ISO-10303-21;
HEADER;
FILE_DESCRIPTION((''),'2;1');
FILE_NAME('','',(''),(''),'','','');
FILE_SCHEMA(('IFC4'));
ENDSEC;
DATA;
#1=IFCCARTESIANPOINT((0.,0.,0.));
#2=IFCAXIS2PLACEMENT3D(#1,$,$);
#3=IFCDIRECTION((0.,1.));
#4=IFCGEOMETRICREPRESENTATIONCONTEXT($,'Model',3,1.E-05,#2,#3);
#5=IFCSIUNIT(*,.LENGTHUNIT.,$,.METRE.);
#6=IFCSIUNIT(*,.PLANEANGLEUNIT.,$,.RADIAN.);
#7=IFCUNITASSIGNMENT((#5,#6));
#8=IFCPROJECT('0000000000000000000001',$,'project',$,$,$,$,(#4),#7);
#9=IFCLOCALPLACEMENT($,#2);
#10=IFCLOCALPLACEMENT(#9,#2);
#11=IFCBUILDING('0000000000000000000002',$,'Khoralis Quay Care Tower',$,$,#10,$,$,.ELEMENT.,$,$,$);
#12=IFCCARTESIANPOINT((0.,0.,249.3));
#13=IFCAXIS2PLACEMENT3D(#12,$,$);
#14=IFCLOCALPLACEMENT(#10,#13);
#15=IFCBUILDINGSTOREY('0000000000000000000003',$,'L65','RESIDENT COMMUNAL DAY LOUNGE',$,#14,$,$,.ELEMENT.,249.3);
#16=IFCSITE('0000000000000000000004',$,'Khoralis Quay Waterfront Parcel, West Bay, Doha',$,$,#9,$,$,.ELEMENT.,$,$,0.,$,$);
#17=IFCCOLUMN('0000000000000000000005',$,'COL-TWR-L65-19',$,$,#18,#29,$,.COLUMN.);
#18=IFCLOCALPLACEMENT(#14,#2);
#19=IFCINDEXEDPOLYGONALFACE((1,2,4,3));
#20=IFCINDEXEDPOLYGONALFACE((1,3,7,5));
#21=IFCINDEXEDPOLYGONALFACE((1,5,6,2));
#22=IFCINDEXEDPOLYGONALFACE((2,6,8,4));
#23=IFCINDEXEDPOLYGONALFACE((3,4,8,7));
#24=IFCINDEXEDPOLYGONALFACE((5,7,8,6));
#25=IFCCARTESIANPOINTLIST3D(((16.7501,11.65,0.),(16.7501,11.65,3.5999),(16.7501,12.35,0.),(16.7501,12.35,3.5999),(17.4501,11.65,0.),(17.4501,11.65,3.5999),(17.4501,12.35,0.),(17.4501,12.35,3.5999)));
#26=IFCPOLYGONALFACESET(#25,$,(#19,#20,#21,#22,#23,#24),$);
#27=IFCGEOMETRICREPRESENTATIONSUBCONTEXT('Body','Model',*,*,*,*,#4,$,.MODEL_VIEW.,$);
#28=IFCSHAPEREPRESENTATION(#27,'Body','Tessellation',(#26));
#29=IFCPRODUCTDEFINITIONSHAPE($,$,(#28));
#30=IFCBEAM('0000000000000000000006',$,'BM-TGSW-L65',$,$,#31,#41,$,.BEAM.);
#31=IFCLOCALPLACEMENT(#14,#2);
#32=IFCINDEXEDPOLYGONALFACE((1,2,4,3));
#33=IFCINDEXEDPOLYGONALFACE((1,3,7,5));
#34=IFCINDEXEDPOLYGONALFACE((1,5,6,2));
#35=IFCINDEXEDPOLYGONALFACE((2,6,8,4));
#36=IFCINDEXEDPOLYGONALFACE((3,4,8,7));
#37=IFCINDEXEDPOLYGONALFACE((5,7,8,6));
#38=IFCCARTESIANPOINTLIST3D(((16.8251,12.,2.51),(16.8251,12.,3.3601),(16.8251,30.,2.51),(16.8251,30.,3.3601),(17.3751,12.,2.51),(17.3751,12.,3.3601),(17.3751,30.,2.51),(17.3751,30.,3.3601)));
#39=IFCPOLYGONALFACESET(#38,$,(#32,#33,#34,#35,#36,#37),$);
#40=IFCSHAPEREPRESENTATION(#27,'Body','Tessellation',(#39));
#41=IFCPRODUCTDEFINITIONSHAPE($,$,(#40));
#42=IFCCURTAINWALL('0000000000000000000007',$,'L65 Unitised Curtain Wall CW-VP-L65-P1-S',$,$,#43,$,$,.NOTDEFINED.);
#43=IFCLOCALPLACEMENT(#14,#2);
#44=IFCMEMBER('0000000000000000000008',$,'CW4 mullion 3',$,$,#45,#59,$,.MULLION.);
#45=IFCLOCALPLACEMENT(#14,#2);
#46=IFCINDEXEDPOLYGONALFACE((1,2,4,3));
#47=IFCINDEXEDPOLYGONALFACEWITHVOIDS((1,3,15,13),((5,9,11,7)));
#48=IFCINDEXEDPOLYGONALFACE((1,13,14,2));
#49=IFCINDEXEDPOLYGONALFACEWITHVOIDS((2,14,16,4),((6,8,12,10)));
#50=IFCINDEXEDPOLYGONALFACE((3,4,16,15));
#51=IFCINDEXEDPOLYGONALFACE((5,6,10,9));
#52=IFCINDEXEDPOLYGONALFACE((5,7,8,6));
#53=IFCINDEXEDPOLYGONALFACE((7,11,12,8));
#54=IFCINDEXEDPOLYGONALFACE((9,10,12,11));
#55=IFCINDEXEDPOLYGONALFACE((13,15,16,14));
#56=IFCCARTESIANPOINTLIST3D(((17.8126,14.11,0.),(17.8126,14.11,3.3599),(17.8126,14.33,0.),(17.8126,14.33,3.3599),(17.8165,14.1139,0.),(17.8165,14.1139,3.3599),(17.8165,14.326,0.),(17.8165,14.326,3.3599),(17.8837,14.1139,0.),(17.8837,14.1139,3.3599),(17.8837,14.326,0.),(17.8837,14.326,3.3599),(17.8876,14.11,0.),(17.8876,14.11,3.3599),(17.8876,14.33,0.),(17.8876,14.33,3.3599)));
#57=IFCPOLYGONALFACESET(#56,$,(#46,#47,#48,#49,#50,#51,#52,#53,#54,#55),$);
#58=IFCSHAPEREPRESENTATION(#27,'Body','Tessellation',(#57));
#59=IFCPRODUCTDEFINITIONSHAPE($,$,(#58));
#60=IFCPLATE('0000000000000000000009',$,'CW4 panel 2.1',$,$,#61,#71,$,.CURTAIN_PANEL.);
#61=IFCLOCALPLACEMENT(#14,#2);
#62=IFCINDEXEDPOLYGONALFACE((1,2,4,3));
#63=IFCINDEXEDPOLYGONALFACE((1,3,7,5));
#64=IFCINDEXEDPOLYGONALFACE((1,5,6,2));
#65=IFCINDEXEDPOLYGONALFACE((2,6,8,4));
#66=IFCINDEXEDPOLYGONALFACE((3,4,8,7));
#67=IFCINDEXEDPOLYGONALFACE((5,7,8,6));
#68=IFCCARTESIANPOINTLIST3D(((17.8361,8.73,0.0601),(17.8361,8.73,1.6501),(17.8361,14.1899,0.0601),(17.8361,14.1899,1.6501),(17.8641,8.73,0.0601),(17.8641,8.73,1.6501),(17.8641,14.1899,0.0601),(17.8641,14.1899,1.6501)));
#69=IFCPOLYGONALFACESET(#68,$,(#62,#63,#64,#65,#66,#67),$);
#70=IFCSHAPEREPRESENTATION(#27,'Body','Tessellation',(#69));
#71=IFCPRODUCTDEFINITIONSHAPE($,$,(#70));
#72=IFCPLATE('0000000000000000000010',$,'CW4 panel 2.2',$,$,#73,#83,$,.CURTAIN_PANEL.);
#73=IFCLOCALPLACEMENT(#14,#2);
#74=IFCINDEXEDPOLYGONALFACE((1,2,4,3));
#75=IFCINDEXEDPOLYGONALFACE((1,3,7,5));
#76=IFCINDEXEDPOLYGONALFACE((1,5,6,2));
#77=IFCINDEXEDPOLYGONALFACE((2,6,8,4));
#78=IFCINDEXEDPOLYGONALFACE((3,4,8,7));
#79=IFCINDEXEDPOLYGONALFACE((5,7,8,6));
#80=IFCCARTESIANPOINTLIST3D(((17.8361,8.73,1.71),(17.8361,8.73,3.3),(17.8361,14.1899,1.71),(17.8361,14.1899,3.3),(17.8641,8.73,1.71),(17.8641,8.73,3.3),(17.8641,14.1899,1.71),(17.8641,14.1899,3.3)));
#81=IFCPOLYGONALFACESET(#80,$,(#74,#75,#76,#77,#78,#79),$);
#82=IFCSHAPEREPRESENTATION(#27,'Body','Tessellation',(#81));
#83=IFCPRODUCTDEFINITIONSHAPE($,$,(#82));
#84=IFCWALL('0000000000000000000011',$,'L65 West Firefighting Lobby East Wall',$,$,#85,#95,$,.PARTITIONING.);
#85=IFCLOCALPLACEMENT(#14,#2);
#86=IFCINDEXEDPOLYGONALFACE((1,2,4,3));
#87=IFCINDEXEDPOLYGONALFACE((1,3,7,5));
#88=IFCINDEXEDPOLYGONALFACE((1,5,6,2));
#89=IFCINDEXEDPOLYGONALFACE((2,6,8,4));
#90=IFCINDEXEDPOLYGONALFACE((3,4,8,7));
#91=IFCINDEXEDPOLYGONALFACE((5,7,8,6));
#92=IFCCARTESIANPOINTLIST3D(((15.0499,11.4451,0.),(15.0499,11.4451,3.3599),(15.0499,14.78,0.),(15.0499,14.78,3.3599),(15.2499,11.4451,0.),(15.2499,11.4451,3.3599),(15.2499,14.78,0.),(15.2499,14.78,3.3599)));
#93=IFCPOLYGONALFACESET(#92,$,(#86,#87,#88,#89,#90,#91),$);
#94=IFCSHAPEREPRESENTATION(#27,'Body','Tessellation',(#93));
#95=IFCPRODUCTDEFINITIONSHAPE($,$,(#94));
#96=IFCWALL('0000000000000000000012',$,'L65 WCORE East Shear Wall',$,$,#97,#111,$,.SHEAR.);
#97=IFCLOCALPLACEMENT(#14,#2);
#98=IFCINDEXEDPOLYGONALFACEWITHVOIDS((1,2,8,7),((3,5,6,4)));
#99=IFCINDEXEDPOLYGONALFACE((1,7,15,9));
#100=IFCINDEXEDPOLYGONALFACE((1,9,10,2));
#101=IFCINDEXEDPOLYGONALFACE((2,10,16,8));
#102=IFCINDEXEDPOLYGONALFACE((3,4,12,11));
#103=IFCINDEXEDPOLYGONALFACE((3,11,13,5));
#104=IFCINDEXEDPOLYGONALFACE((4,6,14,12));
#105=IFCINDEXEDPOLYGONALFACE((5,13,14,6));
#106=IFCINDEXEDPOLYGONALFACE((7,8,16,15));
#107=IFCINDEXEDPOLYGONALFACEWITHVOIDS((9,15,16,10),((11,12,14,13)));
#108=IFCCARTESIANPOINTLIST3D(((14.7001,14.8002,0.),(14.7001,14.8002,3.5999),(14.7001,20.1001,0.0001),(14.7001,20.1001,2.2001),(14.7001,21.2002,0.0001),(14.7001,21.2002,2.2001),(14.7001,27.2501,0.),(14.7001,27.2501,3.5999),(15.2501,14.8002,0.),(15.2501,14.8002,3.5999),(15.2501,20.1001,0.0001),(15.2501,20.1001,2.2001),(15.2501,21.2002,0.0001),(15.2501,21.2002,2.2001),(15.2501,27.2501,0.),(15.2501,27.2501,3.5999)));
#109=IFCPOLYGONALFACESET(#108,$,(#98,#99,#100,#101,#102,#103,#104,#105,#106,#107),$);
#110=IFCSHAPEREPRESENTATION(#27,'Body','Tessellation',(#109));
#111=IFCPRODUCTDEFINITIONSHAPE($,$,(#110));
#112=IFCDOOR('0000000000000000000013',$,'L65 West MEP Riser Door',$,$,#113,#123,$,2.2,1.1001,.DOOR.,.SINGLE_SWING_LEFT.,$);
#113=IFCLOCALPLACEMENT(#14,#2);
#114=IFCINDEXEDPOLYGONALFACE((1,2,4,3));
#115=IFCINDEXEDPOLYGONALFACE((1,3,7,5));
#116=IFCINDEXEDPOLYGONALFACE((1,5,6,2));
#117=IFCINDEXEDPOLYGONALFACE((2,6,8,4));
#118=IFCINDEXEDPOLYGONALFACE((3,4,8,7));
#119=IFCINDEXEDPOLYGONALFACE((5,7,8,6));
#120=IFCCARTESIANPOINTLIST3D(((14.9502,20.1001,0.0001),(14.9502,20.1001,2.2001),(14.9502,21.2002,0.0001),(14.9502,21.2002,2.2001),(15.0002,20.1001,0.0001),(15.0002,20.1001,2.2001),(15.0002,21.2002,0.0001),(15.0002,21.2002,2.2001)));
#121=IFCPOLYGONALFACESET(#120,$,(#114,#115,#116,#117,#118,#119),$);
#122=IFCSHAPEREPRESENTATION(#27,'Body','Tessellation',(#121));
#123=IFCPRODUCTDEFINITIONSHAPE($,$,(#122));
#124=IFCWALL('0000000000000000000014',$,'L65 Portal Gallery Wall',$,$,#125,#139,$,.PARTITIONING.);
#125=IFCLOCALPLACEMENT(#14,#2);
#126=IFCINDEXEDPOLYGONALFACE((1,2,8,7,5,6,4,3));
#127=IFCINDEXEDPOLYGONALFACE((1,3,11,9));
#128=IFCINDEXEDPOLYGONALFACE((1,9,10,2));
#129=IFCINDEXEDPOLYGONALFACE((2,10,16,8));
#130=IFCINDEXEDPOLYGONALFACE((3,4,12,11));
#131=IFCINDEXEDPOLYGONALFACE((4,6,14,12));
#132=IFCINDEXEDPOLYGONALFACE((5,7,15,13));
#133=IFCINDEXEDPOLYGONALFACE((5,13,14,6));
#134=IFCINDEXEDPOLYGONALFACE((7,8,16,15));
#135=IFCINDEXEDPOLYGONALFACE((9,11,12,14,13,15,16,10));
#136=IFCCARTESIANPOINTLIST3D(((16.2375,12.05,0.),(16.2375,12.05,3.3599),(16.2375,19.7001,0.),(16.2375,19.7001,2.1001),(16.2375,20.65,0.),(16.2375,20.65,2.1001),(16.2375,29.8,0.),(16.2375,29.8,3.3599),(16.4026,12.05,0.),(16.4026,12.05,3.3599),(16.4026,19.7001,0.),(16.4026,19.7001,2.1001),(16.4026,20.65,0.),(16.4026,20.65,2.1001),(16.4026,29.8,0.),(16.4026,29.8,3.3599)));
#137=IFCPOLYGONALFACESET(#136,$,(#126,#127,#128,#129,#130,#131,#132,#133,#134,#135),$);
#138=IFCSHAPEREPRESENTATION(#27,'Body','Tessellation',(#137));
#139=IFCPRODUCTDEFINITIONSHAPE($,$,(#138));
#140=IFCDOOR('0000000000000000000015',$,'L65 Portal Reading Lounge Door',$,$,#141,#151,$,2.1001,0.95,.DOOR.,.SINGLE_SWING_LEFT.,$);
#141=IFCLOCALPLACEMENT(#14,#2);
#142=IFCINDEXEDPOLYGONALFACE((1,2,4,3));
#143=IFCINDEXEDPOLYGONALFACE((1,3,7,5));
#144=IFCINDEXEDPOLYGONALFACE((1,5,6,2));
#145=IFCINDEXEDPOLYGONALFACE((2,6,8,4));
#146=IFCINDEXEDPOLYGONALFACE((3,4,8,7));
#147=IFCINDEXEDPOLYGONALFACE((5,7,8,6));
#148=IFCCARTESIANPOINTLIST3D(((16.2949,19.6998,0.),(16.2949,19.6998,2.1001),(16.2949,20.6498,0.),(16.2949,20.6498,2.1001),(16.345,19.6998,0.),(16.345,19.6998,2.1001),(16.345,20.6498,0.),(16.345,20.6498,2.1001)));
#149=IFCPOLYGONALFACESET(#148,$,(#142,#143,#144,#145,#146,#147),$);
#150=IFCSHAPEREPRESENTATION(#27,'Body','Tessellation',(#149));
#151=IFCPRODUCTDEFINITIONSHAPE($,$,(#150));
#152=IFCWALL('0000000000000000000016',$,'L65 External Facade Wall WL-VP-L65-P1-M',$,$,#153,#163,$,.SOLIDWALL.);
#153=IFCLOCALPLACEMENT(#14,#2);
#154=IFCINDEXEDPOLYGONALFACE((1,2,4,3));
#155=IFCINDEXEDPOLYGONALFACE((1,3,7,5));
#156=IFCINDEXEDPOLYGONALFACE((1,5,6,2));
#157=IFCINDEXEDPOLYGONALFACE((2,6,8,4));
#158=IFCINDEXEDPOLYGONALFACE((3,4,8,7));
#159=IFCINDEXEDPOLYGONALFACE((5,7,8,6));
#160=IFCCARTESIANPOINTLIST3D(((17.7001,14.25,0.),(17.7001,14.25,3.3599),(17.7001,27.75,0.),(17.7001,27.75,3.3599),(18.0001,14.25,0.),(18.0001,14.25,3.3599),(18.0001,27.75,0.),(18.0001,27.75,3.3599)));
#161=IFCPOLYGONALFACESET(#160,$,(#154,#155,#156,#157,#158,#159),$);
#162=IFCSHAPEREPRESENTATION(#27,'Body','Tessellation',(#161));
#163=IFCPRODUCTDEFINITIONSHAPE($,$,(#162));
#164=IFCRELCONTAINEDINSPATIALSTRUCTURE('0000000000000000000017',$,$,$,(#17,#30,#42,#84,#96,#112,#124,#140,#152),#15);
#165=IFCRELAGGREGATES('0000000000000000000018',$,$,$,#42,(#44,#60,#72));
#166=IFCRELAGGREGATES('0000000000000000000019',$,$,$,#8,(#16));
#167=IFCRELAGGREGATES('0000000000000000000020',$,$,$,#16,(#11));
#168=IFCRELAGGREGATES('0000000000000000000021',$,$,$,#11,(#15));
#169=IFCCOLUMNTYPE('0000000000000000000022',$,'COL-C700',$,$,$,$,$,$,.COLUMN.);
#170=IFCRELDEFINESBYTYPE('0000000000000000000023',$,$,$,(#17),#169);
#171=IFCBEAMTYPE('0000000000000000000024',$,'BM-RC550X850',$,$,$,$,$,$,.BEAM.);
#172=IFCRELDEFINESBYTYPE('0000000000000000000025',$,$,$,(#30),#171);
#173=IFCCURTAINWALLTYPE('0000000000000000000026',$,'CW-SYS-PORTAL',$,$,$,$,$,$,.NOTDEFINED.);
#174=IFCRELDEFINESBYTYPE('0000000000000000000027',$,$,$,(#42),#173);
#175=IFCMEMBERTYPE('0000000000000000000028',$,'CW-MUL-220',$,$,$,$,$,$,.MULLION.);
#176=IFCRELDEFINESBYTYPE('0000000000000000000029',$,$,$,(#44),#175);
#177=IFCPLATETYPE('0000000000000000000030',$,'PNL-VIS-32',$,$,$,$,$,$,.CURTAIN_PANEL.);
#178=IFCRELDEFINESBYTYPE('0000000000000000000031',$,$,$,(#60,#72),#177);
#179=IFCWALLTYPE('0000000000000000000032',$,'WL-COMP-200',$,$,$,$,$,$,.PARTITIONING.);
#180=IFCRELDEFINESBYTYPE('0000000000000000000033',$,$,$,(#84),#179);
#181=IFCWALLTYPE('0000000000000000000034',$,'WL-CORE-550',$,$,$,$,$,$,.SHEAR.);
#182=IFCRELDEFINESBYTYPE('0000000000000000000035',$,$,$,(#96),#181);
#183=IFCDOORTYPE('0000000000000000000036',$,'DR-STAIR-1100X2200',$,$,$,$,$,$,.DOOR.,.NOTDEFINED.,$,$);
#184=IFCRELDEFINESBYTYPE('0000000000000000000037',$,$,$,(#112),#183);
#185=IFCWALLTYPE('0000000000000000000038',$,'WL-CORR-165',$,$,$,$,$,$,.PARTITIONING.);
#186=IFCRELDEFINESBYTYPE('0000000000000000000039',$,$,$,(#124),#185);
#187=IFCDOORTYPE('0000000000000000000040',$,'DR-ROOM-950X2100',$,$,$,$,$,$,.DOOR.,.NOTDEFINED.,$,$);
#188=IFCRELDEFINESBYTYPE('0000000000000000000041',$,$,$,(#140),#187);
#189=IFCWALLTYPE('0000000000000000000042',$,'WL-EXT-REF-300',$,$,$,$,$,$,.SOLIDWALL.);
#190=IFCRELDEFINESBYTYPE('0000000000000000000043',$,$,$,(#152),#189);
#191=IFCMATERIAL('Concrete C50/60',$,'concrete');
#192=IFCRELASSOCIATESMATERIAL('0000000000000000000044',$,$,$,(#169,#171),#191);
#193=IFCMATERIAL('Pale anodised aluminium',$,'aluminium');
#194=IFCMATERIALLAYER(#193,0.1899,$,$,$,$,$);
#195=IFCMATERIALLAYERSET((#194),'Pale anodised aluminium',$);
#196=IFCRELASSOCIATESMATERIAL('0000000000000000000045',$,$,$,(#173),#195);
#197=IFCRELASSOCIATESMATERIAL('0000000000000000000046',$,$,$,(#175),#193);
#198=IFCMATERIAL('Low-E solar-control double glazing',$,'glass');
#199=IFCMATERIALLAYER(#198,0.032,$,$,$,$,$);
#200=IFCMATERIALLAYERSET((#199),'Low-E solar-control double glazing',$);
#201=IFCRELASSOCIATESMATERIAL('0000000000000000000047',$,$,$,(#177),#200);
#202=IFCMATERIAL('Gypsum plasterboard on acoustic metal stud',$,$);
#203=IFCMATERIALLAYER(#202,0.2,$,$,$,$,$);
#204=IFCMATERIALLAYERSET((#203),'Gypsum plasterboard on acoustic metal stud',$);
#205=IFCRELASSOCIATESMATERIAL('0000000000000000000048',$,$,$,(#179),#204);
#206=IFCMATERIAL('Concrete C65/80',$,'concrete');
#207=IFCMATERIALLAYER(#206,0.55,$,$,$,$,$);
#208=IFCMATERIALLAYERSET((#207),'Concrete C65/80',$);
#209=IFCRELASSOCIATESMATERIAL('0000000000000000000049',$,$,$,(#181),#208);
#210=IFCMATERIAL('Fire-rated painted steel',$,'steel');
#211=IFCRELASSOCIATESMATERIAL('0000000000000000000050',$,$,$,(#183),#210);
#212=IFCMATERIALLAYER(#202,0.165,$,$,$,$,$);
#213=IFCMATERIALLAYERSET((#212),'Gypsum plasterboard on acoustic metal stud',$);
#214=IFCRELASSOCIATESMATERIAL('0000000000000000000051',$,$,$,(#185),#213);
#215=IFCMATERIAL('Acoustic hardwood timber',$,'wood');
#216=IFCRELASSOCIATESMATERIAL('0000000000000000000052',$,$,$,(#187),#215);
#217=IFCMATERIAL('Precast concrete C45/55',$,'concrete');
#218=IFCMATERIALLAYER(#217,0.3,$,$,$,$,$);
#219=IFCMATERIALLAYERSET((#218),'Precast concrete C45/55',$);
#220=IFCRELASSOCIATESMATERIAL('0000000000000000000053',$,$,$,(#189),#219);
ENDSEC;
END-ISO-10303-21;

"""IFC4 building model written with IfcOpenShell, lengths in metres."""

from ifc_helpers import new_model, si_unit, direction, frame, frame_2d, origin, origin_2d, place, context, subcontext, project, spatial, rectangle, hollow_rectangle, extrude, source, transform, mapped, material, layer, layer_set, material_profile, profile_set, type_object, element, fill, aggregate, save


model = new_model("IFC4")

# Units and contexts
model_context = context("Model", 3, precision=1e-05, world=origin(), true_north=direction((0.0, 1.0)))
body_context = subcontext(model_context, "Body", "Model", "MODEL_VIEW")
ifc_project = project(units=[si_unit("LENGTHUNIT", "METRE"), si_unit("PLANEANGLEUNIT", "RADIAN")], contexts=[model_context])

# Site, building, storey
site_placement = place(None, origin())
site = spatial("IfcSite", under=ifc_project, at=site_placement, Name="Khoralis Quay Waterfront Parcel, West Bay, Doha", CompositionType="ELEMENT", RefElevation=0.0)
building_placement = place(site_placement, origin())
building = spatial("IfcBuilding", under=site, at=building_placement, Name="Khoralis Quay Care Tower", CompositionType="ELEMENT")
storey_placement = place(building_placement, frame((0.0, 0.0, 249.3)))
storey = spatial("IfcBuildingStorey", under=building, at=storey_placement, Name="L65", Description="RESIDENT COMMUNAL DAY LOUNGE", CompositionType="ELEMENT", Elevation=249.3)

# Column
ifc_material_1 = material(Name="Concrete C50/60", Category="concrete")
ifc_material_profile_1 = material_profile(ifc_material_1, rectangle(XDim=0.7, YDim=0.7, at=origin_2d()), Name="Concrete C50/60")
ifc_profile_set_1 = profile_set([ifc_material_profile_1], Name="Concrete C50/60")
column_type = type_object("IfcColumnType", Name="COL-C700", PredefinedType="COLUMN", material=ifc_profile_set_1)
shared_shape_1 = source(origin(), body_context, "Body", "SweptSolid", [
    extrude(rectangle(XDim=0.7, YDim=0.7, at=origin_2d()), origin(), (0.0, 0.0, 1.0), 3.5999),
])
column_placement = place(storey_placement, frame((17.1001, 12.0, 0.0), z_axis=(0.0, 0.0, 1.0), x_axis=(1.0, 0.0, 0.0)))
element("IfcColumn", 1, at=column_placement, inside=storey, type_object=column_type, Name="COL-TWR-L65-19", PredefinedType="COLUMN", context=body_context, shape_type="MappedRepresentation", body=[
    mapped(shared_shape_1, transform((0.0, 0.0, 0.0), scale=1.0)),
])

# Beam
ifc_material_profile_2 = material_profile(ifc_material_1, rectangle(XDim=0.55, YDim=0.8501, at=origin_2d()), Name="Concrete C50/60")
ifc_profile_set_2 = profile_set([ifc_material_profile_2], Name="Concrete C50/60")
beam_type = type_object("IfcBeamType", Name="BM-RC550X850", PredefinedType="BEAM", material=ifc_profile_set_2)
shared_shape_2 = source(origin(), body_context, "Body", "SweptSolid", [
    extrude(rectangle(XDim=0.55, YDim=0.8501, at=origin_2d()), origin(), (0.0, 0.0, 1.0), 18.0),
])
beam_placement = place(storey_placement, frame((17.1001, 12.0, 2.9351), z_axis=(0.0, 1.0, 0.0), x_axis=(-1.0, 0.0, 0.0)))
element("IfcBeam", 2, at=beam_placement, inside=storey, type_object=beam_type, Name="BM-TGSW-L65", PredefinedType="BEAM", context=body_context, shape_type="MappedRepresentation", body=[
    mapped(shared_shape_2, transform((0.0, 0.0, 0.0), scale=1.0)),
])

# Curtain wall, member, plates
ifc_material_2 = material(Name="Pale anodised aluminium", Category="aluminium")
ifc_layer_1 = layer(ifc_material_2, 0.1899)
ifc_layer_set_1 = layer_set([ifc_layer_1], Name="Pale anodised aluminium")
curtain_wall_type = type_object("IfcCurtainWallType", Name="CW-SYS-PORTAL", PredefinedType="NOTDEFINED", material=ifc_layer_set_1)
curtain_wall_placement = place(storey_placement, origin())
curtain_wall = element("IfcCurtainWall", 3, at=curtain_wall_placement, inside=storey, type_object=curtain_wall_type, Name="L65 Unitised Curtain Wall CW-VP-L65-P1-S", PredefinedType="NOTDEFINED")
ifc_material_profile_3 = material_profile(ifc_material_2, hollow_rectangle(XDim=0.075, YDim=0.22, WallThickness=0.0039, at=origin_2d()), Name="Pale anodised aluminium")
ifc_profile_set_3 = profile_set([ifc_material_profile_3], Name="Pale anodised aluminium")
member_type = type_object("IfcMemberType", Name="CW-MUL-220", PredefinedType="MULLION", material=ifc_profile_set_3)
shared_shape_3 = source(origin(), body_context, "Body", "SweptSolid", [
    extrude(hollow_rectangle(XDim=0.075, YDim=0.22, WallThickness=0.0039, at=origin_2d()), origin(), (0.0, 0.0, 1.0), 3.3599),
])
member_placement = place(storey_placement, frame((17.8501, 14.22, 0.0), z_axis=(0.0, 0.0, 1.0), x_axis=(-1.0, 0.0, 0.0)))
member = element("IfcMember", 4, at=member_placement, type_object=member_type, Name="CW4 mullion 3", PredefinedType="MULLION", context=body_context, shape_type="MappedRepresentation", body=[
    mapped(shared_shape_3, transform((0.0, 0.0, 0.0), scale=1.0)),
])
ifc_material_3 = material(Name="Low-E solar-control double glazing", Category="glass")
ifc_layer_2 = layer(ifc_material_3, 0.032)
ifc_layer_set_2 = layer_set([ifc_layer_2], Name="Low-E solar-control double glazing")
plate_type = type_object("IfcPlateType", Name="PNL-VIS-32", PredefinedType="CURTAIN_PANEL", material=ifc_layer_set_2)
shared_shape_4 = source(origin(), body_context, "Body", "SweptSolid", [
    extrude(rectangle(XDim=5.46, YDim=0.0281, at=origin_2d()), origin(), (0.0, 0.0, 1.0), 1.5901),
])
plate_1_placement = place(storey_placement, frame((17.8501, 11.46, 0.0601), z_axis=(0.0, 0.0, 1.0), x_axis=(0.0, 1.0, 0.0)))
plate_1 = element("IfcPlate", 5, at=plate_1_placement, type_object=plate_type, Name="CW4 panel 2.1", PredefinedType="CURTAIN_PANEL", context=body_context, shape_type="MappedRepresentation", body=[
    mapped(shared_shape_4, transform((0.0, 0.0, 0.0), scale=1.0)),
])
plate_2_placement = place(storey_placement, frame((17.8501, 11.46, 1.71), z_axis=(0.0, 0.0, 1.0), x_axis=(0.0, 1.0, 0.0)))
plate_2 = element("IfcPlate", 6, at=plate_2_placement, type_object=plate_type, Name="CW4 panel 2.2", PredefinedType="CURTAIN_PANEL", context=body_context, shape_type="MappedRepresentation", body=[
    mapped(shared_shape_4, transform((0.0, 0.0, 0.0), scale=1.0)),
])
aggregate(curtain_wall, [member, plate_1, plate_2])

# Wall
ifc_material_4 = material(Name="Gypsum plasterboard on acoustic metal stud")
ifc_layer_3 = layer(ifc_material_4, 0.2)
ifc_layer_set_3 = layer_set([ifc_layer_3], Name="Gypsum plasterboard on acoustic metal stud")
wall_type_1 = type_object("IfcWallType", Name="WL-COMP-200", PredefinedType="PARTITIONING", material=ifc_layer_set_3)
wall_1_placement = place(storey_placement, frame((15.1499, 11.4451, 0.0), z_axis=(0.0, 0.0, 1.0), x_axis=(0.0, 1.0, 0.0)))
element("IfcWall", 7, at=wall_1_placement, inside=storey, type_object=wall_type_1, Name="L65 West Firefighting Lobby East Wall", PredefinedType="PARTITIONING", context=body_context, shape_type="SweptSolid", body=[
    extrude(rectangle(XDim=3.335, YDim=0.2, at=frame_2d((1.6675, 0.0))), origin(), (0.0, 0.0, 1.0), 3.3599),
])

# Walls, openings, doors
ifc_material_5 = material(Name="Concrete C65/80", Category="concrete")
ifc_layer_4 = layer(ifc_material_5, 0.55)
ifc_layer_set_4 = layer_set([ifc_layer_4], Name="Concrete C65/80")
wall_type_2 = type_object("IfcWallType", Name="WL-CORE-550", PredefinedType="SHEAR", material=ifc_layer_set_4)
wall_2_placement = place(storey_placement, frame((14.9751, 14.8, 0.0), z_axis=(0.0, 0.0, 1.0), x_axis=(0.0, 1.0, 0.0)))
wall_2 = element("IfcWall", 8, at=wall_2_placement, inside=storey, type_object=wall_type_2, Name="L65 WCORE East Shear Wall", PredefinedType="SHEAR", context=body_context, shape_type="SweptSolid", body=[
    extrude(rectangle(XDim=12.45, YDim=0.55, at=frame_2d((6.2251, 0.0))), origin(), (0.0, 0.0, 1.0), 3.5999),
])
opening_1_placement = place(wall_2_placement, frame((5.3, 0.0, 0.0)))
opening_1 = element("IfcOpeningElement", 9, at=opening_1_placement, cuts=wall_2, PredefinedType="OPENING", context=body_context, shape_type="SweptSolid", body=[
    extrude(rectangle(XDim=1.1001, YDim=2.2, at=frame_2d((0.55, 1.1001))), frame((0.0, 0.2852, 0.0), z_axis=(0.0, -1.0, 0.0), x_axis=(1.0, 0.0, 0.0)), (0.0, 0.0, 1.0), 0.5701),
])
ifc_material_6 = material(Name="Fire-rated painted steel", Category="steel")
door_type_1 = type_object("IfcDoorType", Name="DR-STAIR-1100X2200", OperationType="NOTDEFINED", PredefinedType="DOOR", material=ifc_material_6)
shared_shape_5 = source(origin(), body_context, "Body", "SweptSolid", [
    extrude(rectangle(XDim=1.1001, YDim=2.2, at=frame_2d((0.55, 1.1001))), frame((0.0, 0.0249, 0.0), z_axis=(0.0, -1.0, 0.0), x_axis=(1.0, 0.0, 0.0)), (0.0, 0.0, 1.0), 0.05),
])
door_1_placement = place(opening_1_placement, origin())
door_1 = element("IfcDoor", 10, at=door_1_placement, inside=storey, type_object=door_type_1, Name="L65 West MEP Riser Door", OperationType="SINGLE_SWING_LEFT", OverallHeight=2.2, OverallWidth=1.1001, PredefinedType="DOOR", context=body_context, shape_type="MappedRepresentation", body=[
    mapped(shared_shape_5, transform((0.0, 0.0, 0.0), scale=1.0)),
])
fill(opening_1, door_1)
ifc_layer_5 = layer(ifc_material_4, 0.165)
ifc_layer_set_5 = layer_set([ifc_layer_5], Name="Gypsum plasterboard on acoustic metal stud")
wall_type_3 = type_object("IfcWallType", Name="WL-CORR-165", PredefinedType="PARTITIONING", material=ifc_layer_set_5)
wall_3_placement = place(storey_placement, frame((16.3201, 12.05, 0.0), z_axis=(0.0, 0.0, 1.0), x_axis=(0.0, 1.0, 0.0)))
wall_3 = element("IfcWall", 11, at=wall_3_placement, inside=storey, type_object=wall_type_3, Name="L65 Portal Gallery Wall", PredefinedType="PARTITIONING", context=body_context, shape_type="SweptSolid", body=[
    extrude(rectangle(XDim=17.75, YDim=0.165, at=frame_2d((8.875, 0.0))), origin(), (0.0, 0.0, 1.0), 3.3599),
])
opening_2_placement = place(wall_3_placement, frame((7.6499, 0.0, 0.0)))
opening_2 = element("IfcOpeningElement", 12, at=opening_2_placement, cuts=wall_3, PredefinedType="OPENING", context=body_context, shape_type="SweptSolid", body=[
    extrude(rectangle(XDim=0.95, YDim=2.1001, at=frame_2d((0.4751, 1.05))), frame((0.0, 0.0925, 0.0), z_axis=(0.0, -1.0, 0.0), x_axis=(1.0, 0.0, 0.0)), (0.0, 0.0, 1.0), 0.1851),
])
ifc_material_7 = material(Name="Acoustic hardwood timber", Category="wood")
door_type_2 = type_object("IfcDoorType", Name="DR-ROOM-950X2100", OperationType="NOTDEFINED", PredefinedType="DOOR", material=ifc_material_7)
shared_shape_6 = source(origin(), body_context, "Body", "SweptSolid", [
    extrude(rectangle(XDim=0.95, YDim=2.1001, at=frame_2d((0.4751, 1.05))), frame((0.0, 0.0249, 0.0), z_axis=(0.0, -1.0, 0.0), x_axis=(1.0, 0.0, 0.0)), (0.0, 0.0, 1.0), 0.05),
])
door_2_placement = place(opening_2_placement, frame((0.95, 0.0, 0.0), z_axis=(0.0, 0.0, 1.0), x_axis=(-1.0, 0.0, 0.0)))
door_2 = element("IfcDoor", 13, at=door_2_placement, inside=storey, type_object=door_type_2, Name="L65 Portal Reading Lounge Door", OperationType="SINGLE_SWING_LEFT", OverallHeight=2.1001, OverallWidth=0.95, PredefinedType="DOOR", context=body_context, shape_type="MappedRepresentation", body=[
    mapped(shared_shape_6, transform((0.0, 0.0, 0.0), scale=1.0)),
])
fill(opening_2, door_2)

# Wall
ifc_material_8 = material(Name="Precast concrete C45/55", Category="concrete")
ifc_layer_6 = layer(ifc_material_8, 0.3)
ifc_layer_set_6 = layer_set([ifc_layer_6], Name="Precast concrete C45/55")
wall_type_4 = type_object("IfcWallType", Name="WL-EXT-REF-300", PredefinedType="SOLIDWALL", material=ifc_layer_set_6)
wall_4_placement = place(storey_placement, frame((17.8501, 14.25, 0.0), z_axis=(0.0, 0.0, 1.0), x_axis=(0.0, 1.0, 0.0)))
element("IfcWall", 14, at=wall_4_placement, inside=storey, type_object=wall_type_4, Name="L65 External Facade Wall WL-VP-L65-P1-M", PredefinedType="SOLIDWALL", context=body_context, shape_type="SweptSolid", body=[
    extrude(rectangle(XDim=13.5, YDim=0.3, at=frame_2d((6.75, 0.0))), origin(), (0.0, 0.0, 1.0), 3.3599),
])

save(model, "model.ifc")
